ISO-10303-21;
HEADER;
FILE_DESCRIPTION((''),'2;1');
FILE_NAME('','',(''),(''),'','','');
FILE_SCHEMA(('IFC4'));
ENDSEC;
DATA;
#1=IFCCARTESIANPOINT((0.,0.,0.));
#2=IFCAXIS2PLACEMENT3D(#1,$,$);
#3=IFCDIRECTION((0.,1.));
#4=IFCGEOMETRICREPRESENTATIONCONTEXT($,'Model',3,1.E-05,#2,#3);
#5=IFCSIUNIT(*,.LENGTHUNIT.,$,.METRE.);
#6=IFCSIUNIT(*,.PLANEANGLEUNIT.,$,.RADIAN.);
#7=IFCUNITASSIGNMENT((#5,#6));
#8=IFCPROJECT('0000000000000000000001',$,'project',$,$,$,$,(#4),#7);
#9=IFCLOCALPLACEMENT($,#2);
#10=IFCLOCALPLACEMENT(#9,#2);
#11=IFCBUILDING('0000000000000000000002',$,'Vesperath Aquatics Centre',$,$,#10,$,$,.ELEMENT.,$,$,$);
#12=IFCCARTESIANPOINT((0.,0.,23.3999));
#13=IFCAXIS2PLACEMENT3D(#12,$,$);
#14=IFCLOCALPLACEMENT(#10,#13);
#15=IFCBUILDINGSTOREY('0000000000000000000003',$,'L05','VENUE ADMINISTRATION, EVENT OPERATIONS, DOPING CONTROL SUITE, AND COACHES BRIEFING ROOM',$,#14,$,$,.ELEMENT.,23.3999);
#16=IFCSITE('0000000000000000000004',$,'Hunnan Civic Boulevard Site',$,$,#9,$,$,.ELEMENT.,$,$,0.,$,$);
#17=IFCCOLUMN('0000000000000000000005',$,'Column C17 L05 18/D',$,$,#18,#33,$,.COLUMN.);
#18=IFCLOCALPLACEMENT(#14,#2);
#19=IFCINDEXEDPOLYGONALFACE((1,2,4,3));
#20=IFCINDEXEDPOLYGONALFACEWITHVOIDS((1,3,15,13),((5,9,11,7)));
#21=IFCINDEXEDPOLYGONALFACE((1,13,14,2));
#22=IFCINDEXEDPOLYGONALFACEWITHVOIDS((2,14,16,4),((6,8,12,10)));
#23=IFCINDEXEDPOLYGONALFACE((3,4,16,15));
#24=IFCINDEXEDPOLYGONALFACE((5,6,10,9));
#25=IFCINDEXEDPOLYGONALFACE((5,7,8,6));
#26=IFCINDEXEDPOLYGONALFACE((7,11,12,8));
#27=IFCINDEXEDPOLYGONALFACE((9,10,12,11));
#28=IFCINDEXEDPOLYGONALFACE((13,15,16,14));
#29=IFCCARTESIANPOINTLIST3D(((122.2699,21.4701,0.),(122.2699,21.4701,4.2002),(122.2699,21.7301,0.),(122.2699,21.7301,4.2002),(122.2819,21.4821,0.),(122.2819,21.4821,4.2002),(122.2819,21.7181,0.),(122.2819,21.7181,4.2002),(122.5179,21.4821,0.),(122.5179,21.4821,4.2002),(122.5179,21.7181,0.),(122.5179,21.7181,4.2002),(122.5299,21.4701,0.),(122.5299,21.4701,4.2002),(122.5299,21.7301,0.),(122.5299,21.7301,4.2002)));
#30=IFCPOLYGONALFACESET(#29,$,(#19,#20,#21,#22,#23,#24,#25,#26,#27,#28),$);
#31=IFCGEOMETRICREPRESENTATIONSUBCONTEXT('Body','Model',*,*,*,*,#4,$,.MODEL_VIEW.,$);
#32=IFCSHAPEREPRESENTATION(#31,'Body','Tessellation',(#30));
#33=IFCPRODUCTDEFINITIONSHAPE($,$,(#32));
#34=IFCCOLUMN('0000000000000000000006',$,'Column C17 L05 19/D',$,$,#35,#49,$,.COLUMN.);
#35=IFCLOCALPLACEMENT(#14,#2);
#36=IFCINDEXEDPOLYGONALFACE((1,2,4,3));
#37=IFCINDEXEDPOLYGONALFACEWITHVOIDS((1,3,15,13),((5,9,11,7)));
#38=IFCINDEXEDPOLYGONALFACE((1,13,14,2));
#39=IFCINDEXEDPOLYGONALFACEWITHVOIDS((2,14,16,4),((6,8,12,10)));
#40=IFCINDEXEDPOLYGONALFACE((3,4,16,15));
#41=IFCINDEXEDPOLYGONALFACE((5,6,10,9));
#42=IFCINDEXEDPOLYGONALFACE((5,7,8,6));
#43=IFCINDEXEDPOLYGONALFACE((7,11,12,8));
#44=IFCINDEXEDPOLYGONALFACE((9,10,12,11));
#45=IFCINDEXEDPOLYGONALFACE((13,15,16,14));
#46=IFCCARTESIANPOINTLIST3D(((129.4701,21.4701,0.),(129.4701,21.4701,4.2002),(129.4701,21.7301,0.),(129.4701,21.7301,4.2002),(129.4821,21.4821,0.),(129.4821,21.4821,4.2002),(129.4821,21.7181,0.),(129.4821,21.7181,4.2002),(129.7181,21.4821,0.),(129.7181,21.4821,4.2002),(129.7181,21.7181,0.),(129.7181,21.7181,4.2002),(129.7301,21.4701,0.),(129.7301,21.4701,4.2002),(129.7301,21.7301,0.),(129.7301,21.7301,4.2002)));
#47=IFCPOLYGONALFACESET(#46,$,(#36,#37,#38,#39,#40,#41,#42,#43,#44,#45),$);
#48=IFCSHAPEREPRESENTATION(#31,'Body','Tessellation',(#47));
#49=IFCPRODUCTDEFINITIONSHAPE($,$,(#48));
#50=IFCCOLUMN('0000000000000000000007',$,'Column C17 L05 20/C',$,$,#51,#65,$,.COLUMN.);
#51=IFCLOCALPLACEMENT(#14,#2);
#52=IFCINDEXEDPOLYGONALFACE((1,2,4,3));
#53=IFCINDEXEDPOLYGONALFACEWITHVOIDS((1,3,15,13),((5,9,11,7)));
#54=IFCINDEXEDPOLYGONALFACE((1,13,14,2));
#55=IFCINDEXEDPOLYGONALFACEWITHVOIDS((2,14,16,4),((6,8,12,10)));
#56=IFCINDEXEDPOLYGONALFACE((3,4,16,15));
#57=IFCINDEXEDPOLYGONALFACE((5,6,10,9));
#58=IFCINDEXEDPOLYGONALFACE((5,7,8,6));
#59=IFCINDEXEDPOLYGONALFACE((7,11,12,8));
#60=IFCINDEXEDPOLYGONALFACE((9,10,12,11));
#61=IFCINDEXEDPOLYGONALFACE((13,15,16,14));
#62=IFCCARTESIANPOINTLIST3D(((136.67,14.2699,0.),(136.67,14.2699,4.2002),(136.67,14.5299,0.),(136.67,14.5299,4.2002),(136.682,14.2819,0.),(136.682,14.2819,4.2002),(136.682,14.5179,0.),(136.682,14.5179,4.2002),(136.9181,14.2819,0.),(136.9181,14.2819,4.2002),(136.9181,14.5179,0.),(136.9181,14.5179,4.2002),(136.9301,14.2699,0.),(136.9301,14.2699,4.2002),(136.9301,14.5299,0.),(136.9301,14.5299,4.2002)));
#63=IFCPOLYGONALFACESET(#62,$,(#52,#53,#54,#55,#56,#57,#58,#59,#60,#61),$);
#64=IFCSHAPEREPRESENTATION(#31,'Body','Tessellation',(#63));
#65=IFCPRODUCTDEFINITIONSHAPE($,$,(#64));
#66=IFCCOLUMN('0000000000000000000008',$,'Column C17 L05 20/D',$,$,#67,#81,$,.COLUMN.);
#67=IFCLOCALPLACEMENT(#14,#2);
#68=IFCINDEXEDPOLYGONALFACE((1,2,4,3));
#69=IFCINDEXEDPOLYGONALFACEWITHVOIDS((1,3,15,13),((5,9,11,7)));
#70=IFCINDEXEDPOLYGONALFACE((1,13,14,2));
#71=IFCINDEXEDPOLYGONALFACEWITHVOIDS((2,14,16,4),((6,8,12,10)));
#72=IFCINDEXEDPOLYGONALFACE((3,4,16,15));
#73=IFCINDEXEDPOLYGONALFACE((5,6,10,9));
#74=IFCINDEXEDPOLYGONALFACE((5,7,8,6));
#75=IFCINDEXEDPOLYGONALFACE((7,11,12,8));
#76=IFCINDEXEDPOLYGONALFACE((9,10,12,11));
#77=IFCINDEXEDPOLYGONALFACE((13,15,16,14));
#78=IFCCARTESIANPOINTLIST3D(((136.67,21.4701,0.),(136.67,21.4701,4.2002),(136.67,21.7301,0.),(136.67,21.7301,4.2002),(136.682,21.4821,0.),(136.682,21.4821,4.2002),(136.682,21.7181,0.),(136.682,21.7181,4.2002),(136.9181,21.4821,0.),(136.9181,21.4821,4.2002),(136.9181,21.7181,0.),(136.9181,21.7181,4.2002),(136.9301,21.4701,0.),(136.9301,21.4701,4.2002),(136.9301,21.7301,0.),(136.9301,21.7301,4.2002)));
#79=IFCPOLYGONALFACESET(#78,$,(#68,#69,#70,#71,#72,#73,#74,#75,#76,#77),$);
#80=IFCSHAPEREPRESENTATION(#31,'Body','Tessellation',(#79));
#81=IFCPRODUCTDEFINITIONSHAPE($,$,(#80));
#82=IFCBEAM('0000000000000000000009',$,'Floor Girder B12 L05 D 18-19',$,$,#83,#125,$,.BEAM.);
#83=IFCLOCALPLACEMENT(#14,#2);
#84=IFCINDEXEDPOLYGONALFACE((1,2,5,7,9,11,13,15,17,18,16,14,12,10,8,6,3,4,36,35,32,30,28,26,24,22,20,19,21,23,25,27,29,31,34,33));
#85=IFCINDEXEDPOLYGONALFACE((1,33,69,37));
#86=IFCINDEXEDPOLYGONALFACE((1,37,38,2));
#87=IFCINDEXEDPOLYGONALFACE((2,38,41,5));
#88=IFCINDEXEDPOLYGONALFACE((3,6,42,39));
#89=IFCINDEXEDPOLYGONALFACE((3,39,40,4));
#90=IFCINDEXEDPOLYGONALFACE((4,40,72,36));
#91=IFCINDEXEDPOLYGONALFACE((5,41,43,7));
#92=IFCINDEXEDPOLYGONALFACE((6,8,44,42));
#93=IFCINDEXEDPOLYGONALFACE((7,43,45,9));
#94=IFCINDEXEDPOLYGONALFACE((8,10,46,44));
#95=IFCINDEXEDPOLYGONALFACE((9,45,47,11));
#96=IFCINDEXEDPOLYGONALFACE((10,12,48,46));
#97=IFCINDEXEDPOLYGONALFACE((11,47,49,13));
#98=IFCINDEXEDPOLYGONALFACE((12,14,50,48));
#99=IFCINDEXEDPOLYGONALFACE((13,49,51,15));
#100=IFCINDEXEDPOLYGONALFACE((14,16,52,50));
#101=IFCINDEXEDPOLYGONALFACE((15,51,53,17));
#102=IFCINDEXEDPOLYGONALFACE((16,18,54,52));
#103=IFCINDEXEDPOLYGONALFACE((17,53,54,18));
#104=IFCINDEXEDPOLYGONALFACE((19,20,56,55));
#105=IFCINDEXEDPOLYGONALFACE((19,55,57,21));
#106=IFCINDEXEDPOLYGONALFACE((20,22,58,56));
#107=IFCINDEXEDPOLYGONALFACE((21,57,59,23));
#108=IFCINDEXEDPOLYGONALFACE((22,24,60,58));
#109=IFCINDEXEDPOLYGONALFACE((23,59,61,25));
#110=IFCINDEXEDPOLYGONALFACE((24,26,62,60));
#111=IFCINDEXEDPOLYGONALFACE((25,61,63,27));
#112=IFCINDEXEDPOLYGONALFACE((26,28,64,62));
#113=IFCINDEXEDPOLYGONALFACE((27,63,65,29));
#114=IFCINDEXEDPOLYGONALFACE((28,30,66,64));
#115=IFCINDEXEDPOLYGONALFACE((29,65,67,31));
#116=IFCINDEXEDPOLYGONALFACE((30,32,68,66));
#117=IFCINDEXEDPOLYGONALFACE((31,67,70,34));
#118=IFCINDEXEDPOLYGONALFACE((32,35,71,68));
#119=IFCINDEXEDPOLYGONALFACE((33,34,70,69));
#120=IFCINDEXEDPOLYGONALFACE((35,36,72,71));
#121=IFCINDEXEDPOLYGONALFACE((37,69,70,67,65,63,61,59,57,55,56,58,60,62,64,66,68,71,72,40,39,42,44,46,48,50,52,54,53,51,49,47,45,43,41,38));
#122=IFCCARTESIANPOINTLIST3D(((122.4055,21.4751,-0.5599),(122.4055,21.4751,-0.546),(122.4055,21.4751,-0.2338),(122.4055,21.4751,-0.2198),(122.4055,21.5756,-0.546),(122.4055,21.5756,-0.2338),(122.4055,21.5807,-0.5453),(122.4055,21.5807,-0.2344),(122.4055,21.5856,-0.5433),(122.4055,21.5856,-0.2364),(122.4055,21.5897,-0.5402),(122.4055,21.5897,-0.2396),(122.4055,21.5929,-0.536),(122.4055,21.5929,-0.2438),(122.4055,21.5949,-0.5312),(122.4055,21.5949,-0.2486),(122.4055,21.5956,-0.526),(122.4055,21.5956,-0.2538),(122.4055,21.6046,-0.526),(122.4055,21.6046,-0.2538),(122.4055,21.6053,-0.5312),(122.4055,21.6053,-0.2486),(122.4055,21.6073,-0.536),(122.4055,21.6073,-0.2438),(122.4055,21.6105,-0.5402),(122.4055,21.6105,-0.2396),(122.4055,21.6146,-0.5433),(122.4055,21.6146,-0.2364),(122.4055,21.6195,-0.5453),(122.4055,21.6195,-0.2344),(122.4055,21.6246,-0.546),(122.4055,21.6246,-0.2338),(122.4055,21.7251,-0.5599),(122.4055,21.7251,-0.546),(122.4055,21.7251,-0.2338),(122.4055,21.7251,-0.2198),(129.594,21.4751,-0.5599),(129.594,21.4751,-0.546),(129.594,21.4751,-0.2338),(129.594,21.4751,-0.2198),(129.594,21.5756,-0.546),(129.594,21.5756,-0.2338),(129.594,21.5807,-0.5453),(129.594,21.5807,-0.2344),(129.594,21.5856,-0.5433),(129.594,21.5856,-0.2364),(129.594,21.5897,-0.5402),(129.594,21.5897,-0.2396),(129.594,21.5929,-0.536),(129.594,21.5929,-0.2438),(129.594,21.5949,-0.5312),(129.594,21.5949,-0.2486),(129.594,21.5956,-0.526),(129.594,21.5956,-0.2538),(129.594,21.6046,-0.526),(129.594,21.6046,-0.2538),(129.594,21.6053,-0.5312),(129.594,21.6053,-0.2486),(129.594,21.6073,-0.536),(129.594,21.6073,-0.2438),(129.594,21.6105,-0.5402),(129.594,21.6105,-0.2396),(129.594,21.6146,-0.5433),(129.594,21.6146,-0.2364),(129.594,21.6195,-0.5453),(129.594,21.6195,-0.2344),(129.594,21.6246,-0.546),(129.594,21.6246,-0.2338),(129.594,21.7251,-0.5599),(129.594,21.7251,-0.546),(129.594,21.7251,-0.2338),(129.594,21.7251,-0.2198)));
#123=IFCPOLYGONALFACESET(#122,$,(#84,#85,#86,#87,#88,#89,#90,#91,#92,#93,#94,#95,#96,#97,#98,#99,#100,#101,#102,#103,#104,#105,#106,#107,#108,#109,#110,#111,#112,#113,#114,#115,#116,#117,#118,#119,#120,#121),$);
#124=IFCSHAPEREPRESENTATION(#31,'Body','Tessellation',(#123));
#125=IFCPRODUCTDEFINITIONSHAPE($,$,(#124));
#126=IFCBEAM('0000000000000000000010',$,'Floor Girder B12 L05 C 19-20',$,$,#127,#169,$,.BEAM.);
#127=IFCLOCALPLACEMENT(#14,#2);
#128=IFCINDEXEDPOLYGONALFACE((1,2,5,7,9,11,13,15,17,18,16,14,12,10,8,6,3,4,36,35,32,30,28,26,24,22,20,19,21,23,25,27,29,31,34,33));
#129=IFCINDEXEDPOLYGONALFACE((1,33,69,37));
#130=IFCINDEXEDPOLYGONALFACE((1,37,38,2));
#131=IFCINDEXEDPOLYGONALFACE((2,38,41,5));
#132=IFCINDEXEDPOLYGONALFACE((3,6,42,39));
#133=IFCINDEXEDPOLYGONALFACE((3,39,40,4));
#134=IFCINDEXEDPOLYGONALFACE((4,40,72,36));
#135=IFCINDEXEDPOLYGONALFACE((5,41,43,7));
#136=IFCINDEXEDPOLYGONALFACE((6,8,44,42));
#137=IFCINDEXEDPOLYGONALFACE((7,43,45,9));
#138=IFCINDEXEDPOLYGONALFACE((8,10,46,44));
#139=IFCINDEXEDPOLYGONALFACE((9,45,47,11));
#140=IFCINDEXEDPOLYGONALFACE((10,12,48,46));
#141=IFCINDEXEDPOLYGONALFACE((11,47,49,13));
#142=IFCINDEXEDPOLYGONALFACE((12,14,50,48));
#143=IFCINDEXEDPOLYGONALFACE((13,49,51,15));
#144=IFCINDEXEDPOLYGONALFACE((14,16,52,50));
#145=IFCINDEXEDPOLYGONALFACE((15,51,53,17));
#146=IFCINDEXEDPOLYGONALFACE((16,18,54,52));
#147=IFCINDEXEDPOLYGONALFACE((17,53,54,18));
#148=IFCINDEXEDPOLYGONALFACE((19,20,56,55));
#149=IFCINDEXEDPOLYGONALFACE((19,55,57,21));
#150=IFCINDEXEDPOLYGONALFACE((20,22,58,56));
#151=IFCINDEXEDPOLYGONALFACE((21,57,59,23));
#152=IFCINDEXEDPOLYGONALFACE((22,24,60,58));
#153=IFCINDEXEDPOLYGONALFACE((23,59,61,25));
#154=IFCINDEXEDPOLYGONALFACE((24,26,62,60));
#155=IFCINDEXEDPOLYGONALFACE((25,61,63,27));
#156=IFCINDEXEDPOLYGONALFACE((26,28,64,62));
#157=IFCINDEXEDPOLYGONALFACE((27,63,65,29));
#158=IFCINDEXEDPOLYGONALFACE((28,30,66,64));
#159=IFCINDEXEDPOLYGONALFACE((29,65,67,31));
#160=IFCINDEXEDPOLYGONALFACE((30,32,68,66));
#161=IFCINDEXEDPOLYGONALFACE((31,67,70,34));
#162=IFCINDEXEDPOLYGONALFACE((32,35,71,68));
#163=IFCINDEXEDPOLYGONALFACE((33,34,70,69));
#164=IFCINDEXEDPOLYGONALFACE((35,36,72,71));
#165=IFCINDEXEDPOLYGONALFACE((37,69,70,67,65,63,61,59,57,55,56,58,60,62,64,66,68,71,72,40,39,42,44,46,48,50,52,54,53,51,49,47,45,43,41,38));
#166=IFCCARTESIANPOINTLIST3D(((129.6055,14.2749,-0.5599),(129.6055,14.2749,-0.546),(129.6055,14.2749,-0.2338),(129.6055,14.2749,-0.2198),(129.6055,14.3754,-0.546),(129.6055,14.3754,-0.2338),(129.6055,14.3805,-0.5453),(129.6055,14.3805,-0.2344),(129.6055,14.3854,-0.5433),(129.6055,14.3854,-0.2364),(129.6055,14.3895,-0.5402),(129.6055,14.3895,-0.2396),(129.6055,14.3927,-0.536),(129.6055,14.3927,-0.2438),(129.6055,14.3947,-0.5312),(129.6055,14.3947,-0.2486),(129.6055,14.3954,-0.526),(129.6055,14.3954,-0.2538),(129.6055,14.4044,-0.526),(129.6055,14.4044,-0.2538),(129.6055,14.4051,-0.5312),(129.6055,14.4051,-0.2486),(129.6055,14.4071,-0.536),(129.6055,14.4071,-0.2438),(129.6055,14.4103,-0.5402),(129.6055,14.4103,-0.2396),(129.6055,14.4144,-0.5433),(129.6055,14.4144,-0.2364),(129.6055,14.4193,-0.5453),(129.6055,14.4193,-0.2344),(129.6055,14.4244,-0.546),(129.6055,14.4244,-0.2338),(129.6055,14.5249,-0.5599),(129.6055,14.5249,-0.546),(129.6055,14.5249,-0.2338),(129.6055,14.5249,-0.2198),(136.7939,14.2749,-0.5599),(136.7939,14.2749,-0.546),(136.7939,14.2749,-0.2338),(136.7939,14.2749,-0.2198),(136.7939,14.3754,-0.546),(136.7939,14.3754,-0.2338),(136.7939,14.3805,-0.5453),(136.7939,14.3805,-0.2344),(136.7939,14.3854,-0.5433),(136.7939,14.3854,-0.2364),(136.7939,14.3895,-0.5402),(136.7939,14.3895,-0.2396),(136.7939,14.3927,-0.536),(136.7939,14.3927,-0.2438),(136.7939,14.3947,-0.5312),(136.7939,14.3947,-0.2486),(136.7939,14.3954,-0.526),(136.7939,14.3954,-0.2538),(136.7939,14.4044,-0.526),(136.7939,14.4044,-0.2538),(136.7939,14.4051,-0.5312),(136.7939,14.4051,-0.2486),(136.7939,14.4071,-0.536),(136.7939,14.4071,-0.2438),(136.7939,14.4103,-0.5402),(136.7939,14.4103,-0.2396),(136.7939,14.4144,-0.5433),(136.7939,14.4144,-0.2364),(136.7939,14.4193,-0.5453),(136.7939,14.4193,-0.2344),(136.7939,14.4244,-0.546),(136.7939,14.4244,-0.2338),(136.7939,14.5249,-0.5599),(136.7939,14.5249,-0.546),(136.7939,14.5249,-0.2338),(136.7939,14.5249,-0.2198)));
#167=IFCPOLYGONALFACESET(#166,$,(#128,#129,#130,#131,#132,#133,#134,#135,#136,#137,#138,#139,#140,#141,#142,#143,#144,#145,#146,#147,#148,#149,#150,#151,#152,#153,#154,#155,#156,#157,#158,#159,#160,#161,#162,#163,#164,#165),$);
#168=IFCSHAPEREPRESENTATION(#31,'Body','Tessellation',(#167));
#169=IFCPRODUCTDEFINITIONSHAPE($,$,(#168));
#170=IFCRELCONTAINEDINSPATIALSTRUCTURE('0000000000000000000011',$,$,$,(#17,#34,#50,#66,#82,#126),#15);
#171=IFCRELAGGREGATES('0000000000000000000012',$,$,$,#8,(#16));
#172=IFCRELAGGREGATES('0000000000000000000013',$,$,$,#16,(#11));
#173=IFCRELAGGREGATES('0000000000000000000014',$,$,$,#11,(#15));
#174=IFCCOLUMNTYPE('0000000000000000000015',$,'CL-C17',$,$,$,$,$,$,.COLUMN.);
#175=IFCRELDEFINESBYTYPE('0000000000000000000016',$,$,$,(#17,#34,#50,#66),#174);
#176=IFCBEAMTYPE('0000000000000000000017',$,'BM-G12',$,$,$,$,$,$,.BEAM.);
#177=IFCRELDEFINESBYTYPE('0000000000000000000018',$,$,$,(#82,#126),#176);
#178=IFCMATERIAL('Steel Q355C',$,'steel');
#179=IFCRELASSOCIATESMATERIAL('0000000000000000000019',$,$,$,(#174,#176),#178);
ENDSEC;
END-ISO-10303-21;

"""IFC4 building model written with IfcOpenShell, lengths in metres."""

from ifc_helpers import new_model, si_unit, direction, frame, origin, origin_2d, place, context, subcontext, project, spatial, hollow_rectangle, i_section, extrude, material, material_profile, profile_set, type_object, element, save


model = new_model("IFC4")

# Units and contexts
model_context = context("Model", 3, precision=1e-05, world=origin(), true_north=direction((0.0, 1.0)))
body_context = subcontext(model_context, "Body", "Model", "MODEL_VIEW")
ifc_project = project(units=[si_unit("LENGTHUNIT", "METRE"), si_unit("PLANEANGLEUNIT", "RADIAN")], contexts=[model_context])

# Site, building, storey
site_placement = place(None, origin())
site = spatial("IfcSite", under=ifc_project, at=site_placement, Name="Hunnan Civic Boulevard Site", CompositionType="ELEMENT", RefElevation=0.0)
building_placement = place(site_placement, origin())
building = spatial("IfcBuilding", under=site, at=building_placement, Name="Vesperath Aquatics Centre", CompositionType="ELEMENT")
storey_placement = place(building_placement, frame((0.0, 0.0, 23.3999)))
storey = spatial("IfcBuildingStorey", under=building, at=storey_placement, Name="L05", Description="VENUE ADMINISTRATION, EVENT OPERATIONS, DOPING CONTROL SUITE, AND COACHES BRIEFING ROOM", CompositionType="ELEMENT", Elevation=23.3999)

# Columns
ifc_material_1 = material(Name="Steel Q355C", Category="steel")
ifc_material_profile_1 = material_profile(ifc_material_1, hollow_rectangle(XDim=0.26, YDim=0.26, WallThickness=0.012, at=origin_2d()), Name="SHS 260x260x12")
ifc_profile_set_1 = profile_set([ifc_material_profile_1], Name="Steel Q355C")
column_type = type_object("IfcColumnType", Name="CL-C17", PredefinedType="COLUMN", material=ifc_profile_set_1)
for number, where, z_axis, x_axis, name in (
    (1, (122.3999, 21.6001, 0.0), (0.0, 0.0, 1.0), (1.0, 0.0, 0.0), "Column C17 L05 18/D"),
    (2, (129.6001, 21.6001, 0.0), (0.0, 0.0, 1.0), (1.0, 0.0, 0.0), "Column C17 L05 19/D"),
    (3, (136.8, 14.3999, 0.0), (0.0, 0.0, 1.0), (1.0, 0.0, 0.0), "Column C17 L05 20/C"),
    (4, (136.8, 21.6001, 0.0), (0.0, 0.0, 1.0), (1.0, 0.0, 0.0), "Column C17 L05 20/D"),
):
    element("IfcColumn", number, at=place(storey_placement, frame(where, z_axis=z_axis, x_axis=x_axis)), inside=storey, type_object=column_type, Name=name, PredefinedType="COLUMN", context=body_context, shape_type="SweptSolid", body=[
        extrude(hollow_rectangle(XDim=0.26, YDim=0.26, WallThickness=0.012, at=origin_2d()), origin(), (0.0, 0.0, 1.0), 4.2002),
    ])

# Beams
ifc_material_profile_2 = material_profile(ifc_material_1, i_section(OverallWidth=0.25, OverallDepth=0.3401, WebThickness=0.009, FlangeThickness=0.0139, FilletRadius=0.02, at=origin_2d()), Name="HM 340x250x9x14")
ifc_profile_set_2 = profile_set([ifc_material_profile_2], Name="Steel Q355C")
beam_type_1 = type_object("IfcBeamType", Name="BM-G12", PredefinedType="BEAM", material=ifc_profile_set_2)
for number, where, z_axis, x_axis, name in (
    (5, (122.4055, 21.6001, -0.3899), (1.0, 0.0, 0.0), (0.0, 1.0, 0.0), "Floor Girder B12 L05 D 18-19"),
    (6, (129.6055, 14.3999, -0.3899), (1.0, 0.0, 0.0), (0.0, 1.0, 0.0), "Floor Girder B12 L05 C 19-20"),
):
    element("IfcBeam", number, at=place(storey_placement, frame(where, z_axis=z_axis, x_axis=x_axis)), inside=storey, type_object=beam_type_1, Name=name, PredefinedType="BEAM", context=body_context, shape_type="SweptSolid", body=[
        extrude(i_section(OverallWidth=0.25, OverallDepth=0.3401, WebThickness=0.009, FlangeThickness=0.0139, FilletRadius=0.02, at=origin_2d()), origin(), (0.0, 0.0, 1.0), 7.1885),
    ])

save(model, "model.ifc")
